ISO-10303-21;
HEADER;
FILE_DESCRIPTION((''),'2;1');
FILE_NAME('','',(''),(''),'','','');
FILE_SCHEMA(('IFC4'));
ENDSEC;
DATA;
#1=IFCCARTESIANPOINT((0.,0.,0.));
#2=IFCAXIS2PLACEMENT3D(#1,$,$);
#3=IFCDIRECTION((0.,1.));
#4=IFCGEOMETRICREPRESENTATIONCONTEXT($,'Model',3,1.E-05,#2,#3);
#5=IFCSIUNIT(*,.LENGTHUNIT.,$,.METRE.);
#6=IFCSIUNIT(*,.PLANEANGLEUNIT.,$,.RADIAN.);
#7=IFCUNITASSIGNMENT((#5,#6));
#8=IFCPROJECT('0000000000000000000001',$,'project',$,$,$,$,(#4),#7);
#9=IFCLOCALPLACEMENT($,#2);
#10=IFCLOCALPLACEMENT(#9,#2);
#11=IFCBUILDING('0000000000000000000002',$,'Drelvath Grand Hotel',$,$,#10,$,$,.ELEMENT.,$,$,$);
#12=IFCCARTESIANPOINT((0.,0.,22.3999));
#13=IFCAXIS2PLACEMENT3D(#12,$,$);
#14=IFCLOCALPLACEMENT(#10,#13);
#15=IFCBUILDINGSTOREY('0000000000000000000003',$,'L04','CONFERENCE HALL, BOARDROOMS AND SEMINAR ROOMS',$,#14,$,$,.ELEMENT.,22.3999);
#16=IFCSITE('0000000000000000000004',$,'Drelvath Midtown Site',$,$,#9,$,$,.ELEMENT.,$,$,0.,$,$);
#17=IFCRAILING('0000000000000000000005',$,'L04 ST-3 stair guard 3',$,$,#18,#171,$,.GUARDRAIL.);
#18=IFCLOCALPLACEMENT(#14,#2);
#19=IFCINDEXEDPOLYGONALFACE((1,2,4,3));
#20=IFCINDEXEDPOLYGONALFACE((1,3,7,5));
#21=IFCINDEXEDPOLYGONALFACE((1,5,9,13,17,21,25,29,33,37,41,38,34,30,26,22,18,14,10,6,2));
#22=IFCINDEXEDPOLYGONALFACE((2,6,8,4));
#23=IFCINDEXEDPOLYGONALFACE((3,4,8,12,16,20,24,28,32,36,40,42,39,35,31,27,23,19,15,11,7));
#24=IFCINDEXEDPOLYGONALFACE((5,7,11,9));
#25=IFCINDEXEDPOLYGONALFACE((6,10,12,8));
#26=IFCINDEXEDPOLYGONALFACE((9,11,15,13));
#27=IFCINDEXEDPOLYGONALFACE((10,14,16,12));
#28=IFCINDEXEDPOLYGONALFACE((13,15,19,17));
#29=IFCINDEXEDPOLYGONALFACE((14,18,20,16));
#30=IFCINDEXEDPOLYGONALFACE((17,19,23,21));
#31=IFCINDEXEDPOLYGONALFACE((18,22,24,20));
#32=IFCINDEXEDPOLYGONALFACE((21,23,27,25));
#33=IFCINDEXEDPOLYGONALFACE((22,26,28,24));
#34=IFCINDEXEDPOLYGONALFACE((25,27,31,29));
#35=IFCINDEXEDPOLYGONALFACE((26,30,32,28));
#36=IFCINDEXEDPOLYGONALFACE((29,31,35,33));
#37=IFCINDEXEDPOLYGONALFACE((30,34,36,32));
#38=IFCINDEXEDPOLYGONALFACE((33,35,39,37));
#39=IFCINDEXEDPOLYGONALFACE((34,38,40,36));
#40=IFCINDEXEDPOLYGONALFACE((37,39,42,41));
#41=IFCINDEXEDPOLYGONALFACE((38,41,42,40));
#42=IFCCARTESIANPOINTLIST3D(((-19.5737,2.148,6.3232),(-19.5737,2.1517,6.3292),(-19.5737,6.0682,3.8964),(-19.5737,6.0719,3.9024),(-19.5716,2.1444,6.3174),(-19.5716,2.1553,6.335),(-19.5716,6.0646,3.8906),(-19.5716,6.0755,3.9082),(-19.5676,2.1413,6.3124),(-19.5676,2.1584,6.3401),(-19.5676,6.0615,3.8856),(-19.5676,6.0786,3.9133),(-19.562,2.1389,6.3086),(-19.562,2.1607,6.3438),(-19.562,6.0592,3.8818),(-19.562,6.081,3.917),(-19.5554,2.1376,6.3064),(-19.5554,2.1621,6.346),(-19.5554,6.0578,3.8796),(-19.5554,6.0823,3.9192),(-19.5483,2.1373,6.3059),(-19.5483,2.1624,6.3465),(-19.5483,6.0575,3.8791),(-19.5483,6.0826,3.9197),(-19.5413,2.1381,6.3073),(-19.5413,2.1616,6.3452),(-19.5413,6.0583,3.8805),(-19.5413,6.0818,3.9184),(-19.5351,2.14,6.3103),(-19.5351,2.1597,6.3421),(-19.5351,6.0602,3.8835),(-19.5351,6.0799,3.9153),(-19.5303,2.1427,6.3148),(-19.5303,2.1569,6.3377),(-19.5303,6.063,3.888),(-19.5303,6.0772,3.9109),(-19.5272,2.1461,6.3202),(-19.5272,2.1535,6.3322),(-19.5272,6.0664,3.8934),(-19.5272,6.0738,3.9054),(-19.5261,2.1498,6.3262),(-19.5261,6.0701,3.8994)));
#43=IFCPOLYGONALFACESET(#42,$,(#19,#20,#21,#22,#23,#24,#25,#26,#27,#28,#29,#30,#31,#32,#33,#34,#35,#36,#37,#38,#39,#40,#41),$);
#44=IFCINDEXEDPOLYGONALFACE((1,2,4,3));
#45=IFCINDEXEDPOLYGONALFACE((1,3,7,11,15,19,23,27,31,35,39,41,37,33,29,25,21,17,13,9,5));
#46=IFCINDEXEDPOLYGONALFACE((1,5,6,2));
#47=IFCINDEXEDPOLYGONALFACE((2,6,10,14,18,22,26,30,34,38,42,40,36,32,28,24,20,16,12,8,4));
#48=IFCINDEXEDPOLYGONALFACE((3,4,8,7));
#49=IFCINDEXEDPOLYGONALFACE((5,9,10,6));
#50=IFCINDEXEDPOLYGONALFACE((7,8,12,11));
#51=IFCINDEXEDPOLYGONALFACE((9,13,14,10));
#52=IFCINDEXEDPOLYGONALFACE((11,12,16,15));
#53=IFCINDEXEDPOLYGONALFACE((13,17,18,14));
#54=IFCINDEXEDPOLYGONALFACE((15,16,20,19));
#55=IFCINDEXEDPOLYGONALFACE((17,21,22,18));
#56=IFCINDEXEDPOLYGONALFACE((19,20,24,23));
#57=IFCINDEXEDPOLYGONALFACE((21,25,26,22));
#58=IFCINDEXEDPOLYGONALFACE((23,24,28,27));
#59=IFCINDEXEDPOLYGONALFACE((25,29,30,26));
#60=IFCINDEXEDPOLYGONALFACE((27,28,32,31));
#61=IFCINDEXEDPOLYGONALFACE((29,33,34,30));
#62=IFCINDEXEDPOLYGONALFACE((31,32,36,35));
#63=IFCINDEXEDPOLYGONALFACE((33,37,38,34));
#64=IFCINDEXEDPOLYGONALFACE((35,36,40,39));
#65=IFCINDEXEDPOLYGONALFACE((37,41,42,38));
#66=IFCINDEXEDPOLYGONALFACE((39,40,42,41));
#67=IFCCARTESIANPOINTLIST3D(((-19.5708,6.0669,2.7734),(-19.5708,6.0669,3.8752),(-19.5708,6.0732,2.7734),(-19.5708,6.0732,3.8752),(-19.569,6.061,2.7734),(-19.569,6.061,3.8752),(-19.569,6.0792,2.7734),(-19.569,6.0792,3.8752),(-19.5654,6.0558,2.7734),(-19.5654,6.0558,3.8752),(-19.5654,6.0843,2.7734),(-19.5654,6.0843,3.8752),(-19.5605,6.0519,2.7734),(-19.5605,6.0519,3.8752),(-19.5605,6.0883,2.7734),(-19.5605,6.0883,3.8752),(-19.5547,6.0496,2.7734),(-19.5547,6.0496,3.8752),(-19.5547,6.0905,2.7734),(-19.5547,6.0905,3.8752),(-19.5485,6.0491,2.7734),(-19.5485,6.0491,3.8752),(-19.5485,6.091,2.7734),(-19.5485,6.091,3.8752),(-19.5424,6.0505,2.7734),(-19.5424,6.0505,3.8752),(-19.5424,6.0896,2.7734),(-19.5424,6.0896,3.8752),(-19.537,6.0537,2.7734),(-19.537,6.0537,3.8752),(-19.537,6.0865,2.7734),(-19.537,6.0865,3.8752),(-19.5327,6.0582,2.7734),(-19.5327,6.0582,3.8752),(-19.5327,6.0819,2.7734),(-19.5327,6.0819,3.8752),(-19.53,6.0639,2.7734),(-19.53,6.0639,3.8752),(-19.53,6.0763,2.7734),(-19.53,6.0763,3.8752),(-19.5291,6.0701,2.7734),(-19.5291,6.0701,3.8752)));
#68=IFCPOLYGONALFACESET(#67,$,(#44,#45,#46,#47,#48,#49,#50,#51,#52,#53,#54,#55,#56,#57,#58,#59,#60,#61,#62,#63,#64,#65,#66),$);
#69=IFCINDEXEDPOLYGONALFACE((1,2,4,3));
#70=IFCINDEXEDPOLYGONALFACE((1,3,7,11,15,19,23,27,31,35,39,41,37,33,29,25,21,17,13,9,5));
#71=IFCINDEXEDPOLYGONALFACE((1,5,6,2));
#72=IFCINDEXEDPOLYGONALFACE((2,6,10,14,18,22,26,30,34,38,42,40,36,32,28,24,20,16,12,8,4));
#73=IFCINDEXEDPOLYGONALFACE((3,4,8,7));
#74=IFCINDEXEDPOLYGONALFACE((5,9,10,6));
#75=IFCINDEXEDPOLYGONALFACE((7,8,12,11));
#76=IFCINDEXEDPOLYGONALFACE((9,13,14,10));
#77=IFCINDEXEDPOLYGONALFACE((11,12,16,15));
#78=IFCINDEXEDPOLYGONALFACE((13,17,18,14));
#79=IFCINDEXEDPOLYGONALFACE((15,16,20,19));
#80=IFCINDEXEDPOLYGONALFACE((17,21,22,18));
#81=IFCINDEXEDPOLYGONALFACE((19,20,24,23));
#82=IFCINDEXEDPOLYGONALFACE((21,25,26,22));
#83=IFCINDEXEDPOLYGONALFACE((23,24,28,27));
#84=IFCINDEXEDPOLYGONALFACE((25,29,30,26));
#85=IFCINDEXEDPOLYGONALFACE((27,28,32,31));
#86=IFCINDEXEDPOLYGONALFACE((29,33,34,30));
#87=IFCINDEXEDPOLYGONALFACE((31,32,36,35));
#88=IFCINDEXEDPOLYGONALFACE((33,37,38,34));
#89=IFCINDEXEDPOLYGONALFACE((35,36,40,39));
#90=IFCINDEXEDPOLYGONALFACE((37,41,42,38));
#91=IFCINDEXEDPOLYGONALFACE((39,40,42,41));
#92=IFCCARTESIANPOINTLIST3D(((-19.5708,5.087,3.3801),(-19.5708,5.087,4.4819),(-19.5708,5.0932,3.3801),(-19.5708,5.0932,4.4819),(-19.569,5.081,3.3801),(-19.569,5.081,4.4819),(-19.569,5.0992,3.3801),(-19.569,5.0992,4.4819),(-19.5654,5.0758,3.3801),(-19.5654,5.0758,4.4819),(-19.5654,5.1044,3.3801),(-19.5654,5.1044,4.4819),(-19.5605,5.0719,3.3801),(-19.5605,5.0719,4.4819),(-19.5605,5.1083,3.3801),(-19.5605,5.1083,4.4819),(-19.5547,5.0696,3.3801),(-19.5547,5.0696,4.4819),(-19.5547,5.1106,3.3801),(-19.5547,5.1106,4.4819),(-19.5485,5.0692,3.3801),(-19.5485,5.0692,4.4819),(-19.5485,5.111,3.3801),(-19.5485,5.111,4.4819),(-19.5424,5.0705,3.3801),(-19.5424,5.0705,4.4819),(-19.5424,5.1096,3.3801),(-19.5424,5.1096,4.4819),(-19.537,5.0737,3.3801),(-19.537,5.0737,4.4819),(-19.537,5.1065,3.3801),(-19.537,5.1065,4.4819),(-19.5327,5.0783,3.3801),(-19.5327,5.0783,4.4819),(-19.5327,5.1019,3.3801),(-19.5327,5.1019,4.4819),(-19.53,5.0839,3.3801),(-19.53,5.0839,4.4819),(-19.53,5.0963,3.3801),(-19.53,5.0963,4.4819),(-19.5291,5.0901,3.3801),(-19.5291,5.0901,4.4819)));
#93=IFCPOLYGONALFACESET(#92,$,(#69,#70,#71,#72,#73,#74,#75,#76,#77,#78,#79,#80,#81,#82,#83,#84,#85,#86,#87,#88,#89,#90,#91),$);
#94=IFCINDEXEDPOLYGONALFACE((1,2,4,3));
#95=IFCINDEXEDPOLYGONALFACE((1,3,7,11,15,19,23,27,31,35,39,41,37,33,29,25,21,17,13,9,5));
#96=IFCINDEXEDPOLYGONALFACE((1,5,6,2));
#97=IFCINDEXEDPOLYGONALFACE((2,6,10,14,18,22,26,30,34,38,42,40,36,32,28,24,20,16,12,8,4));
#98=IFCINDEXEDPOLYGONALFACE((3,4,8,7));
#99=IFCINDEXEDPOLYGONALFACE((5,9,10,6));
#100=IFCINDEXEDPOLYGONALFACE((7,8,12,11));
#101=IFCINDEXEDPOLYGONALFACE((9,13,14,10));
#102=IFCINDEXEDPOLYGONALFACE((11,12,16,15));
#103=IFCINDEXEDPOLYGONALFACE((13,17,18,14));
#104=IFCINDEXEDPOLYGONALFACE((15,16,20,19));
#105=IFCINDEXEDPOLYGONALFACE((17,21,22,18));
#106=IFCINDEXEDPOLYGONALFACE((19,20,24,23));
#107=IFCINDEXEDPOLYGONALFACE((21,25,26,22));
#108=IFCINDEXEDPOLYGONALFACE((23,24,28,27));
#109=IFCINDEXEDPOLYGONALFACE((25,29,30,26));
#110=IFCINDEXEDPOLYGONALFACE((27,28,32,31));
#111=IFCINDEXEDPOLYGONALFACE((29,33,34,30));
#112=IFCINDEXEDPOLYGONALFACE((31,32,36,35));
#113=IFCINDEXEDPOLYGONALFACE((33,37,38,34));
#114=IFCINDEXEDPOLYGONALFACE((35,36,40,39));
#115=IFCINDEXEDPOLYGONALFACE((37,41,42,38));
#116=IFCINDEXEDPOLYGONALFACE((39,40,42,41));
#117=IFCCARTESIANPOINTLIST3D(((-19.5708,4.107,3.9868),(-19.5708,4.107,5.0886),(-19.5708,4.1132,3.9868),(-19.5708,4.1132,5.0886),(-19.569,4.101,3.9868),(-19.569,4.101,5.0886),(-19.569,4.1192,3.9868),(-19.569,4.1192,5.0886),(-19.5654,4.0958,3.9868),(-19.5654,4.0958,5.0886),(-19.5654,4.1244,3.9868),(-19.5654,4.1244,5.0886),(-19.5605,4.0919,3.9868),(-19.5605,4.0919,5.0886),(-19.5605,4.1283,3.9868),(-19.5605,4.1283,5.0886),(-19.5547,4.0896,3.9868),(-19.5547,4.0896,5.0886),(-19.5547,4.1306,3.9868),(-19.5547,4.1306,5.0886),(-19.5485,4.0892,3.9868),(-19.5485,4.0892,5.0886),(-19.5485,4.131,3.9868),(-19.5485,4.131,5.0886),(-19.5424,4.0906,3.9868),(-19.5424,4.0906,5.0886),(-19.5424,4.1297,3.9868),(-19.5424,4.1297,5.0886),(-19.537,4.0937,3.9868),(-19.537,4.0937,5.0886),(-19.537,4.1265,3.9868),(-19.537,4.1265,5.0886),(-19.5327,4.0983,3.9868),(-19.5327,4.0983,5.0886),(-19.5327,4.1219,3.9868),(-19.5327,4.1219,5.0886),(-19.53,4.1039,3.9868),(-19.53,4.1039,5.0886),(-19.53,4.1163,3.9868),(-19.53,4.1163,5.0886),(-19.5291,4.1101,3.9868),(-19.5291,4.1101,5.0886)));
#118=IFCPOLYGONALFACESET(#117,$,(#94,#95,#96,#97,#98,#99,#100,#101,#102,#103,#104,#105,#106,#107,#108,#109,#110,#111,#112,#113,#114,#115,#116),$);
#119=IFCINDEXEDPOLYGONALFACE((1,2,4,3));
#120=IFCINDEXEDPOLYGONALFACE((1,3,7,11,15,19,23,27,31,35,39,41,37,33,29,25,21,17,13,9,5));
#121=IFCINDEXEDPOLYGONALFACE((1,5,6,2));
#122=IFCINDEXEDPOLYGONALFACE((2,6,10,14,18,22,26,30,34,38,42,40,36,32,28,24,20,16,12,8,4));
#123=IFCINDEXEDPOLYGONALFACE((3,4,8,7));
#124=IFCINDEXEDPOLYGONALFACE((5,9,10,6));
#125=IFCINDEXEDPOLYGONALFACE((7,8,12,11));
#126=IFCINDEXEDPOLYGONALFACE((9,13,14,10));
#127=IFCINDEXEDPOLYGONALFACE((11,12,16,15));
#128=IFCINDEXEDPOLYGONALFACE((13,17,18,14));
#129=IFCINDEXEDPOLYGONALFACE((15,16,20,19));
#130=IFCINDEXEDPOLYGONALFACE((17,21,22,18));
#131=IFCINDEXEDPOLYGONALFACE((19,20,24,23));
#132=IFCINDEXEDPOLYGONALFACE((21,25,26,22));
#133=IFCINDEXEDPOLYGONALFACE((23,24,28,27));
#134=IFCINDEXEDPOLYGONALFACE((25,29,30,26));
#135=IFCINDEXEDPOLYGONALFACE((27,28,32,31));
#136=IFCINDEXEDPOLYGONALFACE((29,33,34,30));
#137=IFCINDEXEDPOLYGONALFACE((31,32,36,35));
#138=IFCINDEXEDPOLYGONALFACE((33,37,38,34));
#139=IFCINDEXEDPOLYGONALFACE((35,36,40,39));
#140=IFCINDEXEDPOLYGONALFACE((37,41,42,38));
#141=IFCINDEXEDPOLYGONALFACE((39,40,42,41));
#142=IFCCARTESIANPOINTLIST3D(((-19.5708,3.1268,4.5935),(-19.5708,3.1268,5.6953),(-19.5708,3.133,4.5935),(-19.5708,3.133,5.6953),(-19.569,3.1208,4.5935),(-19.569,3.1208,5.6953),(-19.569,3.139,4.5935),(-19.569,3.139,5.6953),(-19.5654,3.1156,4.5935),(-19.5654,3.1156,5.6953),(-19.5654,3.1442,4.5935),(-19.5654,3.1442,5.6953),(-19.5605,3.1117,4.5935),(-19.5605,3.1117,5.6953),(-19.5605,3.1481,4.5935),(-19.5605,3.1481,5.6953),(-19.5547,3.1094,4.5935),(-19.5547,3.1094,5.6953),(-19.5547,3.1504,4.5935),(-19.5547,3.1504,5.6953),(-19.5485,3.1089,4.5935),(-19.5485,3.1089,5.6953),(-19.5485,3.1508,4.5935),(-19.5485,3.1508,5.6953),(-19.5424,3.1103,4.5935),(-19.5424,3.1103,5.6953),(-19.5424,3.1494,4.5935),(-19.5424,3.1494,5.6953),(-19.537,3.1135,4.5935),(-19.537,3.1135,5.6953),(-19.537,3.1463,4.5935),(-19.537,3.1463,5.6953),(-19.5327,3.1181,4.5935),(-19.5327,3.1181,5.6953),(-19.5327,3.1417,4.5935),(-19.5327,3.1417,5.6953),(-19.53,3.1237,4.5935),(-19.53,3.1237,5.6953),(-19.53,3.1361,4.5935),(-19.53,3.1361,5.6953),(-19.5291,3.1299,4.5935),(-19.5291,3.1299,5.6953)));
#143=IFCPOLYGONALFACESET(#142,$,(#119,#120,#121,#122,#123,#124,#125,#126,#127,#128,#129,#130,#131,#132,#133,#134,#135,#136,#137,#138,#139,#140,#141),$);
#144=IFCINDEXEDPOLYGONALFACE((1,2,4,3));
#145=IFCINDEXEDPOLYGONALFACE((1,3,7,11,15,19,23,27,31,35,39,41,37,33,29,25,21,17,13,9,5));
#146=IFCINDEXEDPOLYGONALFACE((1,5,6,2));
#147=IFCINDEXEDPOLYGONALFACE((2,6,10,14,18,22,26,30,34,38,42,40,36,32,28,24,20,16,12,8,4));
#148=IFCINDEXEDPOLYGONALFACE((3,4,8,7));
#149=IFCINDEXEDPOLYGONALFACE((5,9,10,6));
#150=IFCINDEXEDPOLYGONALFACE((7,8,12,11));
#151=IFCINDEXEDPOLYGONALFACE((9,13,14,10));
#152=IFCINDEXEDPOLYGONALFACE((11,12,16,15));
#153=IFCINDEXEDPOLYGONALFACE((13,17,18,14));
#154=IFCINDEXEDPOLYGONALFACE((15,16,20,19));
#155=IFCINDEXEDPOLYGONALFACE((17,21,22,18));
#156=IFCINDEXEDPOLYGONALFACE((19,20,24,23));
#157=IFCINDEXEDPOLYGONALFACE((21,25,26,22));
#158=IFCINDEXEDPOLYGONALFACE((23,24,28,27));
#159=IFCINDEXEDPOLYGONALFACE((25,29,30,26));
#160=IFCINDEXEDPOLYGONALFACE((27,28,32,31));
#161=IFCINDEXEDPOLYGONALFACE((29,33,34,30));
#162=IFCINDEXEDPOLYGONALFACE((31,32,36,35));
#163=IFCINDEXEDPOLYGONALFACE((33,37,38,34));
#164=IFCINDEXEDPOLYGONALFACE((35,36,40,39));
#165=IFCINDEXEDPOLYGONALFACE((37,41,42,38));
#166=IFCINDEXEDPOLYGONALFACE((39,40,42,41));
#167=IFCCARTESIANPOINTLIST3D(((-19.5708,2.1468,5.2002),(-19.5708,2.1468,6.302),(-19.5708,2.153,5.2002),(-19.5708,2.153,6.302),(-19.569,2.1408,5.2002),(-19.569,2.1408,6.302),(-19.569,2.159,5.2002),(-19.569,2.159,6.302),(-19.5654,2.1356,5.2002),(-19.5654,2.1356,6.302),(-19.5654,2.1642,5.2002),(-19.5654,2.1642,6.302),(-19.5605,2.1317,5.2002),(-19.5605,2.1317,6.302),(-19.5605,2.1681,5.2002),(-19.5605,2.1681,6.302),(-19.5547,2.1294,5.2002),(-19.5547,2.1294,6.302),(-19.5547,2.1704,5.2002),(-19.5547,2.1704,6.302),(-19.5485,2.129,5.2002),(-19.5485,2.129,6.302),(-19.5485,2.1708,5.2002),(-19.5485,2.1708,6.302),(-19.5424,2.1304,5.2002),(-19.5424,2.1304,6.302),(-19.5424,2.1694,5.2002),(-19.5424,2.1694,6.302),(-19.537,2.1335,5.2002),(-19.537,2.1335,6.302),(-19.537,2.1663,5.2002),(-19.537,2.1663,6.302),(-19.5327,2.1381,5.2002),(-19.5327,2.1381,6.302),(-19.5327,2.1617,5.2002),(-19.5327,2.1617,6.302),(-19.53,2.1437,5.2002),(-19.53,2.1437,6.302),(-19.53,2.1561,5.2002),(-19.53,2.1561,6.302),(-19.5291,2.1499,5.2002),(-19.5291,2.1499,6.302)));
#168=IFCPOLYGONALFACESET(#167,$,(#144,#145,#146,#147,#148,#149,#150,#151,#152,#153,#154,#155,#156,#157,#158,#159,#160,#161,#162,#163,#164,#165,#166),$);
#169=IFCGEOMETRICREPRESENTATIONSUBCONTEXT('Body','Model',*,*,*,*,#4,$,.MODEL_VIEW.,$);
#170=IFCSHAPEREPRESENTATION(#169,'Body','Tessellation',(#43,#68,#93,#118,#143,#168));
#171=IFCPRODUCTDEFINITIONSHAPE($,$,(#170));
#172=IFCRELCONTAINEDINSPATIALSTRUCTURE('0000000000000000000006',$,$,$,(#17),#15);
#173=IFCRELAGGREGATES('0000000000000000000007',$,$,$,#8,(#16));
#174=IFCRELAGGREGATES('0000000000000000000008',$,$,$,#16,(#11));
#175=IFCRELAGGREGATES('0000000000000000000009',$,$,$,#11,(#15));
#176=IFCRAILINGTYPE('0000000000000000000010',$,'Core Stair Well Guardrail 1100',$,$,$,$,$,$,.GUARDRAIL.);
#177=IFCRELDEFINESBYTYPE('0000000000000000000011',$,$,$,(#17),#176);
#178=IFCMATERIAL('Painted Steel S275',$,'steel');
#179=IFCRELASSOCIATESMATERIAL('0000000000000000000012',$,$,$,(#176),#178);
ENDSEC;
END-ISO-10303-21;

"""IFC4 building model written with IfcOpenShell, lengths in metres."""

from ifc_helpers import new_model, si_unit, direction, frame, origin, origin_2d, place, context, subcontext, project, spatial, circle, extrude, material, type_object, element, save


model = new_model("IFC4")

# Units and contexts
model_context = context("Model", 3, precision=1e-05, world=origin(), true_north=direction((0.0, 1.0)))
body_context = subcontext(model_context, "Body", "Model", "MODEL_VIEW")
ifc_project = project(units=[si_unit("LENGTHUNIT", "METRE"), si_unit("PLANEANGLEUNIT", "RADIAN")], contexts=[model_context])

# Site, building, storey
site_placement = place(None, origin())
site = spatial("IfcSite", under=ifc_project, at=site_placement, Name="Drelvath Midtown Site", CompositionType="ELEMENT", RefElevation=0.0)
building_placement = place(site_placement, origin())
building = spatial("IfcBuilding", under=site, at=building_placement, Name="Drelvath Grand Hotel", CompositionType="ELEMENT")
storey_placement = place(building_placement, frame((0.0, 0.0, 22.3999)))
storey = spatial("IfcBuildingStorey", under=building, at=storey_placement, Name="L04", Description="CONFERENCE HALL, BOARDROOMS AND SEMINAR ROOMS", CompositionType="ELEMENT", Elevation=22.3999)

# Railing
ifc_material_1 = material(Name="Painted Steel S275", Category="steel")
railing_type_1 = type_object("IfcRailingType", Name="Core Stair Well Guardrail 1100", PredefinedType="GUARDRAIL", material=ifc_material_1)
railing_1_placement = place(storey_placement, frame((-19.55, 6.0701, 2.7734)))
element("IfcRailing", 1, at=railing_1_placement, inside=storey, type_object=railing_type_1, Name="L04 ST-3 stair guard 3", PredefinedType="GUARDRAIL", context=body_context, shape_type="SweptSolid", body=[
    extrude(circle(Radius=0.0239, at=origin_2d()), frame((0.0, 0.0, 1.126), z_axis=(0.0, -0.850266, 0.526353), x_axis=(1.0, 0.0, 0.0)), (0.0, 0.0, 1.0), 4.6106),
    extrude(circle(Radius=0.021, at=origin_2d()), origin(), (0.0, 0.0, 1.0), 1.1018),
    extrude(circle(Radius=0.021, at=origin_2d()), frame((0.0, -0.98, 0.6067)), (0.0, 0.0, 1.0), 1.1018),
    extrude(circle(Radius=0.021, at=origin_2d()), frame((0.0, -1.96, 1.2134)), (0.0, 0.0, 1.0), 1.1018),
    extrude(circle(Radius=0.021, at=origin_2d()), frame((0.0, -2.9402, 1.8201)), (0.0, 0.0, 1.0), 1.1018),
    extrude(circle(Radius=0.021, at=origin_2d()), frame((0.0, -3.9202, 2.4268)), (0.0, 0.0, 1.0), 1.1018),
])

save(model, "model.ifc")
